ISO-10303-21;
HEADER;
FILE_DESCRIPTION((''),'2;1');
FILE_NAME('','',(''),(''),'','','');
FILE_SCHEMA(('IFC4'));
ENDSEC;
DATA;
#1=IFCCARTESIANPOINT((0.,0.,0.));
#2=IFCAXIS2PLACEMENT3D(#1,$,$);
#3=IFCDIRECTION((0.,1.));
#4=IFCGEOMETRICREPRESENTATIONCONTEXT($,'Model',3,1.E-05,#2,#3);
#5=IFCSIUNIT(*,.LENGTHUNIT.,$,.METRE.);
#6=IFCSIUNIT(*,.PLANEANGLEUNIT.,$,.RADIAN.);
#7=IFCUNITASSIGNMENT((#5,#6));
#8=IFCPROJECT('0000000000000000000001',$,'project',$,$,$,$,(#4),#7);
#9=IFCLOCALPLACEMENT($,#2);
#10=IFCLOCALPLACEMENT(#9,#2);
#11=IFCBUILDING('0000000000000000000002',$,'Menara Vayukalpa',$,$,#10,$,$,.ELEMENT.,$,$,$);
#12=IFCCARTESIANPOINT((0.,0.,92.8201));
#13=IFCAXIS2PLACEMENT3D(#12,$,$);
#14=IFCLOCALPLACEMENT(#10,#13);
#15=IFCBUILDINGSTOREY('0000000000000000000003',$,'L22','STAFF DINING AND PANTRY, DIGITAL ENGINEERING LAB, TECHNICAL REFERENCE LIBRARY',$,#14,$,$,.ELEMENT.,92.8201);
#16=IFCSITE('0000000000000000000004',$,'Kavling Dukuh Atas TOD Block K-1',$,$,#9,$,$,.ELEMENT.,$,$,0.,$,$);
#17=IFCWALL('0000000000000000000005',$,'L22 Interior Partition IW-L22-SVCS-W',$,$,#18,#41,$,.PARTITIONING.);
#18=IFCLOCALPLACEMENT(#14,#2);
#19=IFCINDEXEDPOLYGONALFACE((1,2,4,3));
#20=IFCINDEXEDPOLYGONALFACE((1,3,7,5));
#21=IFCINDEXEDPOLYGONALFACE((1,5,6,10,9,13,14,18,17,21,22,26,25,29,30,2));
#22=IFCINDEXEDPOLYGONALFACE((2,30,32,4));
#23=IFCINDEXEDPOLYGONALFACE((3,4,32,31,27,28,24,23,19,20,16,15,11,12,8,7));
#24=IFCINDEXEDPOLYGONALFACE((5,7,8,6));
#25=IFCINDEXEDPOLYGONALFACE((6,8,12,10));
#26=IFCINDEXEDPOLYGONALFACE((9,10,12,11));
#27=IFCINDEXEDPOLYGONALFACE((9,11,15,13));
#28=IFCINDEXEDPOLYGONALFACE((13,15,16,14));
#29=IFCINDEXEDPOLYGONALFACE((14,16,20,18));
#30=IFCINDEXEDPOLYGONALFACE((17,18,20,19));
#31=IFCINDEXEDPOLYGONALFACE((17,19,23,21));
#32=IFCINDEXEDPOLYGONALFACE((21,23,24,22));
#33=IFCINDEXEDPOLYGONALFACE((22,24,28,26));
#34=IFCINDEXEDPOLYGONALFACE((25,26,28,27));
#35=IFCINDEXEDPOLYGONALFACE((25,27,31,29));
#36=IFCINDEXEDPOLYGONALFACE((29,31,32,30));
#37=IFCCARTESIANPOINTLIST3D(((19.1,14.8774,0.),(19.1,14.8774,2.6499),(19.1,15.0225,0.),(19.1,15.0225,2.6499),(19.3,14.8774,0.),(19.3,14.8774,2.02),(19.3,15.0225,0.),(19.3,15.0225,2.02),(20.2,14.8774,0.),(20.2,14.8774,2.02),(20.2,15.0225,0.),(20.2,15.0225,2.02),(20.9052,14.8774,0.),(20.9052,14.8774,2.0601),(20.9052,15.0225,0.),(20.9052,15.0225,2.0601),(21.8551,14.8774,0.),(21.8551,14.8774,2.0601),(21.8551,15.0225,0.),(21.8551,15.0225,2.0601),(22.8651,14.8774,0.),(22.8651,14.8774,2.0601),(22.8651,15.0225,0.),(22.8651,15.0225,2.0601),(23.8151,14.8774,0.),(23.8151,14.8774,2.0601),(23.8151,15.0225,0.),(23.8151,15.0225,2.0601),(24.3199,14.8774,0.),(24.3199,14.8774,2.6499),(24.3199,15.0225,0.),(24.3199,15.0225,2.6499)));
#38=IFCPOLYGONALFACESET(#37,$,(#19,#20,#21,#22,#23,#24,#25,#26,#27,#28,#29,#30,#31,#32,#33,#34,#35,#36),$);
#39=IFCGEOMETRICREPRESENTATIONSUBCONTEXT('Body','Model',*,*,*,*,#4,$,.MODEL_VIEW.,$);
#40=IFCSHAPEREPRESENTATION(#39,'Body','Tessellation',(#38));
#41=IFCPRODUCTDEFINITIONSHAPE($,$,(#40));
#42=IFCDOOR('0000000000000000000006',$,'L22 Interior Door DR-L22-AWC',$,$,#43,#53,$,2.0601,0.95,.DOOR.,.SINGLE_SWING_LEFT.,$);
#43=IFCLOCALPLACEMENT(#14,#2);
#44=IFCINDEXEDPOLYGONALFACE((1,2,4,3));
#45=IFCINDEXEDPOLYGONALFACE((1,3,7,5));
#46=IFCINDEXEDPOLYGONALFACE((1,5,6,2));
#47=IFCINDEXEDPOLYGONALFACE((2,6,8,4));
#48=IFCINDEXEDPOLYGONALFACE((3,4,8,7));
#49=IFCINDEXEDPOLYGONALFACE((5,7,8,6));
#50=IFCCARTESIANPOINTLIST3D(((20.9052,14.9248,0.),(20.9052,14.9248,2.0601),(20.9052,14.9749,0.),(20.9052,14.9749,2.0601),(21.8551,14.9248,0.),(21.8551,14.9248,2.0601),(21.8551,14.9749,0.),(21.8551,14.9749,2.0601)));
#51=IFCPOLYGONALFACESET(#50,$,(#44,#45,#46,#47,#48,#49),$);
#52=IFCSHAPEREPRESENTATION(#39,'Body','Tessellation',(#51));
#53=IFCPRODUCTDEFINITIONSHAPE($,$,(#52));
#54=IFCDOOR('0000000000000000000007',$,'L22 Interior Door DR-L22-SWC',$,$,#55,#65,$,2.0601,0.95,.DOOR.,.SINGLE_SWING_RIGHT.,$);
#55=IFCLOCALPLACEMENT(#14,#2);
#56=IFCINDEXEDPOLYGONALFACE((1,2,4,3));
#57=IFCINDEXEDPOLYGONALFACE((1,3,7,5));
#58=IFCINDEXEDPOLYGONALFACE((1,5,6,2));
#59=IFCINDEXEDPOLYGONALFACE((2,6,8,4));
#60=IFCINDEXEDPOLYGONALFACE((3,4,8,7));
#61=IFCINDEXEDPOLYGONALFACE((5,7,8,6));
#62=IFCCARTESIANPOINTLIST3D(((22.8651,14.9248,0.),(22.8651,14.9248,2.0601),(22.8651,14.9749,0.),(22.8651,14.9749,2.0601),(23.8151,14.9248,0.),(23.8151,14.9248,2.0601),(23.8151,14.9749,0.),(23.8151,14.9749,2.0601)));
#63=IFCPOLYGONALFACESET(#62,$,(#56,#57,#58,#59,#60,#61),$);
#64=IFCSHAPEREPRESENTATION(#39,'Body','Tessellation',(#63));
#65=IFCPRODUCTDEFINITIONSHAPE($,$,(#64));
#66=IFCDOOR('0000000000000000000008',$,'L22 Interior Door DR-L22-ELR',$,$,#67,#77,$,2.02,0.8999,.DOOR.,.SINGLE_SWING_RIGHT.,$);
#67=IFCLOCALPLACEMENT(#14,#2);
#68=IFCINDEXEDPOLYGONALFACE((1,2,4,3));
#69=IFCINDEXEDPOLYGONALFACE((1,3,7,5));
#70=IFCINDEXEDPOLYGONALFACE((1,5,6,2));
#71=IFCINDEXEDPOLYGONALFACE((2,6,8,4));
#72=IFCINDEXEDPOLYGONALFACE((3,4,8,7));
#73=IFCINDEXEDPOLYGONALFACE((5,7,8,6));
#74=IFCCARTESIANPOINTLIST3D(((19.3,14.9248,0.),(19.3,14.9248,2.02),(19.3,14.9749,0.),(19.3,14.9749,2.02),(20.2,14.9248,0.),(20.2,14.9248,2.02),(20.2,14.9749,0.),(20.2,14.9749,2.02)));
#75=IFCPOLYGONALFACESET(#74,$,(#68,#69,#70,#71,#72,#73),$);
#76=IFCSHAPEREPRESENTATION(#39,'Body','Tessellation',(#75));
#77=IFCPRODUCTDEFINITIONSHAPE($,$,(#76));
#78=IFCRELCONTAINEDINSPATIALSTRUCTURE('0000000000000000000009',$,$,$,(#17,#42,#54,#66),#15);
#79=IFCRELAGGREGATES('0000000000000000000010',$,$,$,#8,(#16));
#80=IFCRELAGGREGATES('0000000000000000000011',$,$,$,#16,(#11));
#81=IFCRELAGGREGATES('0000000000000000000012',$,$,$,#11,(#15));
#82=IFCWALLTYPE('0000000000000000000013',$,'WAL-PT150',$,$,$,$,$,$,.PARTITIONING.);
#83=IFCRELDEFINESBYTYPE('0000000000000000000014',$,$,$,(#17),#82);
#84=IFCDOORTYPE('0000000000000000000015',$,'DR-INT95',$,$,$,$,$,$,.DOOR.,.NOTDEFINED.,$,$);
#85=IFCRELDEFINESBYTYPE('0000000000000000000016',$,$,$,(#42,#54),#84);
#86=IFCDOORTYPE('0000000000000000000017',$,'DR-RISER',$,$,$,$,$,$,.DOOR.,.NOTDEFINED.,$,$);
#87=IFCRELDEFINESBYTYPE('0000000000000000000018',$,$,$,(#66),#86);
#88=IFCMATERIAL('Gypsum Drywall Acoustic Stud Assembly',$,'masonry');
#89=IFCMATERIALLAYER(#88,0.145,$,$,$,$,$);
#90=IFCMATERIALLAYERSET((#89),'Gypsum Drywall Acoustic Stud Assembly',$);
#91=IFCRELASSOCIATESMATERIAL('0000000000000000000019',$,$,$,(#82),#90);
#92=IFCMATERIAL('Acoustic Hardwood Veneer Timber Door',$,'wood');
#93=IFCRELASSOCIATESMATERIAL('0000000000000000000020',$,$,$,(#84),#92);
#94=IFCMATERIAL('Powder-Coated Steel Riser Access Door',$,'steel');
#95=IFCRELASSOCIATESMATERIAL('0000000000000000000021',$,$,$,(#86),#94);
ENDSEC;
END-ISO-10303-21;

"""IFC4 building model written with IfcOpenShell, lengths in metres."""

from ifc_helpers import new_model, si_unit, direction, frame, frame_2d, origin, place, context, subcontext, project, spatial, rectangle, extrude, material, layer, layer_set, type_object, element, fill, save


model = new_model("IFC4")

# Units and contexts
model_context = context("Model", 3, precision=1e-05, world=origin(), true_north=direction((0.0, 1.0)))
body_context = subcontext(model_context, "Body", "Model", "MODEL_VIEW")
ifc_project = project(units=[si_unit("LENGTHUNIT", "METRE"), si_unit("PLANEANGLEUNIT", "RADIAN")], contexts=[model_context])

# Site, building, storey
site_placement = place(None, origin())
site = spatial("IfcSite", under=ifc_project, at=site_placement, Name="Kavling Dukuh Atas TOD Block K-1", CompositionType="ELEMENT", RefElevation=0.0)
building_placement = place(site_placement, origin())
building = spatial("IfcBuilding", under=site, at=building_placement, Name="Menara Vayukalpa", CompositionType="ELEMENT")
storey_placement = place(building_placement, frame((0.0, 0.0, 92.8201)))
storey = spatial("IfcBuildingStorey", under=building, at=storey_placement, Name="L22", Description="STAFF DINING AND PANTRY, DIGITAL ENGINEERING LAB, TECHNICAL REFERENCE LIBRARY", CompositionType="ELEMENT", Elevation=92.8201)

# Wall, openings, doors
ifc_material_1 = material(Name="Gypsum Drywall Acoustic Stud Assembly", Category="masonry")
ifc_layer_1 = layer(ifc_material_1, 0.145)
ifc_layer_set_1 = layer_set([ifc_layer_1], Name="Gypsum Drywall Acoustic Stud Assembly")
wall_type_1 = type_object("IfcWallType", Name="WAL-PT150", PredefinedType="PARTITIONING", material=ifc_layer_set_1)
wall_1_placement = place(storey_placement, frame((19.1001, 14.95, 0.0), z_axis=(0.0, 0.0, 1.0), x_axis=(1.0, 0.0, 0.0)))
wall_1 = element("IfcWall", 1, at=wall_1_placement, inside=storey, type_object=wall_type_1, Name="L22 Interior Partition IW-L22-SVCS-W", PredefinedType="PARTITIONING", context=body_context, shape_type="SweptSolid", body=[
    extrude(rectangle(XDim=5.22, YDim=0.145, at=frame_2d((2.6099, 0.0))), origin(), (0.0, 0.0, 1.0), 2.6499),
])
opening_1_placement = place(wall_1_placement, frame((0.2, 0.0, 0.0)))
opening_1 = element("IfcOpeningElement", 2, at=opening_1_placement, cuts=wall_1, PredefinedType="OPENING", context=body_context, shape_type="SweptSolid", body=[
    extrude(rectangle(XDim=0.8999, YDim=2.02, at=frame_2d((0.45, 1.01))), frame((0.0, 0.0825, 0.0), z_axis=(0.0, -1.0, 0.0), x_axis=(1.0, 0.0, 0.0)), (0.0, 0.0, 1.0), 0.165),
])
opening_2_placement = place(wall_1_placement, frame((1.8049, 0.0, 0.0)))
opening_2 = element("IfcOpeningElement", 3, at=opening_2_placement, cuts=wall_1, PredefinedType="OPENING", context=body_context, shape_type="SweptSolid", body=[
    extrude(rectangle(XDim=0.95, YDim=2.0601, at=frame_2d((0.4751, 1.03))), frame((0.0, 0.0825, 0.0), z_axis=(0.0, -1.0, 0.0), x_axis=(1.0, 0.0, 0.0)), (0.0, 0.0, 1.0), 0.165),
])
opening_3_placement = place(wall_1_placement, frame((3.7649, 0.0, 0.0)))
opening_3 = element("IfcOpeningElement", 4, at=opening_3_placement, cuts=wall_1, PredefinedType="OPENING", context=body_context, shape_type="SweptSolid", body=[
    extrude(rectangle(XDim=0.95, YDim=2.0601, at=frame_2d((0.4751, 1.03))), frame((0.0, 0.0825, 0.0), z_axis=(0.0, -1.0, 0.0), x_axis=(1.0, 0.0, 0.0)), (0.0, 0.0, 1.0), 0.165),
])
ifc_material_2 = material(Name="Acoustic Hardwood Veneer Timber Door", Category="wood")
door_type_1 = type_object("IfcDoorType", Name="DR-INT95", OperationType="NOTDEFINED", PredefinedType="DOOR", material=ifc_material_2)
door_1_placement = place(opening_2_placement, origin())
door_1 = element("IfcDoor", 5, at=door_1_placement, inside=storey, type_object=door_type_1, Name="L22 Interior Door DR-L22-AWC", OperationType="SINGLE_SWING_LEFT", OverallHeight=2.0601, OverallWidth=0.95, PredefinedType="DOOR", context=body_context, shape_type="SweptSolid", body=[
    extrude(rectangle(XDim=0.95, YDim=2.0601, at=frame_2d((0.4751, 1.03))), frame((0.0, 0.0249, 0.0), z_axis=(0.0, -1.0, 0.0), x_axis=(1.0, 0.0, 0.0)), (0.0, 0.0, 1.0), 0.05),
])
fill(opening_2, door_1)
door_2_placement = place(opening_3_placement, origin())
door_2 = element("IfcDoor", 6, at=door_2_placement, inside=storey, type_object=door_type_1, Name="L22 Interior Door DR-L22-SWC", OperationType="SINGLE_SWING_RIGHT", OverallHeight=2.0601, OverallWidth=0.95, PredefinedType="DOOR", context=body_context, shape_type="SweptSolid", body=[
    extrude(rectangle(XDim=0.95, YDim=2.0601, at=frame_2d((0.4751, 1.03))), frame((0.0, 0.0249, 0.0), z_axis=(0.0, -1.0, 0.0), x_axis=(1.0, 0.0, 0.0)), (0.0, 0.0, 1.0), 0.05),
])
fill(opening_3, door_2)
ifc_material_3 = material(Name="Powder-Coated Steel Riser Access Door", Category="steel")
door_type_2 = type_object("IfcDoorType", Name="DR-RISER", OperationType="NOTDEFINED", PredefinedType="DOOR", material=ifc_material_3)
door_3_placement = place(opening_1_placement, origin())
door_3 = element("IfcDoor", 7, at=door_3_placement, inside=storey, type_object=door_type_2, Name="L22 Interior Door DR-L22-ELR", OperationType="SINGLE_SWING_RIGHT", OverallHeight=2.02, OverallWidth=0.8999, PredefinedType="DOOR", context=body_context, shape_type="SweptSolid", body=[
    extrude(rectangle(XDim=0.8999, YDim=2.02, at=frame_2d((0.45, 1.01))), frame((0.0, 0.0249, 0.0), z_axis=(0.0, -1.0, 0.0), x_axis=(1.0, 0.0, 0.0)), (0.0, 0.0, 1.0), 0.05),
])
fill(opening_1, door_3)

save(model, "model.ifc")
